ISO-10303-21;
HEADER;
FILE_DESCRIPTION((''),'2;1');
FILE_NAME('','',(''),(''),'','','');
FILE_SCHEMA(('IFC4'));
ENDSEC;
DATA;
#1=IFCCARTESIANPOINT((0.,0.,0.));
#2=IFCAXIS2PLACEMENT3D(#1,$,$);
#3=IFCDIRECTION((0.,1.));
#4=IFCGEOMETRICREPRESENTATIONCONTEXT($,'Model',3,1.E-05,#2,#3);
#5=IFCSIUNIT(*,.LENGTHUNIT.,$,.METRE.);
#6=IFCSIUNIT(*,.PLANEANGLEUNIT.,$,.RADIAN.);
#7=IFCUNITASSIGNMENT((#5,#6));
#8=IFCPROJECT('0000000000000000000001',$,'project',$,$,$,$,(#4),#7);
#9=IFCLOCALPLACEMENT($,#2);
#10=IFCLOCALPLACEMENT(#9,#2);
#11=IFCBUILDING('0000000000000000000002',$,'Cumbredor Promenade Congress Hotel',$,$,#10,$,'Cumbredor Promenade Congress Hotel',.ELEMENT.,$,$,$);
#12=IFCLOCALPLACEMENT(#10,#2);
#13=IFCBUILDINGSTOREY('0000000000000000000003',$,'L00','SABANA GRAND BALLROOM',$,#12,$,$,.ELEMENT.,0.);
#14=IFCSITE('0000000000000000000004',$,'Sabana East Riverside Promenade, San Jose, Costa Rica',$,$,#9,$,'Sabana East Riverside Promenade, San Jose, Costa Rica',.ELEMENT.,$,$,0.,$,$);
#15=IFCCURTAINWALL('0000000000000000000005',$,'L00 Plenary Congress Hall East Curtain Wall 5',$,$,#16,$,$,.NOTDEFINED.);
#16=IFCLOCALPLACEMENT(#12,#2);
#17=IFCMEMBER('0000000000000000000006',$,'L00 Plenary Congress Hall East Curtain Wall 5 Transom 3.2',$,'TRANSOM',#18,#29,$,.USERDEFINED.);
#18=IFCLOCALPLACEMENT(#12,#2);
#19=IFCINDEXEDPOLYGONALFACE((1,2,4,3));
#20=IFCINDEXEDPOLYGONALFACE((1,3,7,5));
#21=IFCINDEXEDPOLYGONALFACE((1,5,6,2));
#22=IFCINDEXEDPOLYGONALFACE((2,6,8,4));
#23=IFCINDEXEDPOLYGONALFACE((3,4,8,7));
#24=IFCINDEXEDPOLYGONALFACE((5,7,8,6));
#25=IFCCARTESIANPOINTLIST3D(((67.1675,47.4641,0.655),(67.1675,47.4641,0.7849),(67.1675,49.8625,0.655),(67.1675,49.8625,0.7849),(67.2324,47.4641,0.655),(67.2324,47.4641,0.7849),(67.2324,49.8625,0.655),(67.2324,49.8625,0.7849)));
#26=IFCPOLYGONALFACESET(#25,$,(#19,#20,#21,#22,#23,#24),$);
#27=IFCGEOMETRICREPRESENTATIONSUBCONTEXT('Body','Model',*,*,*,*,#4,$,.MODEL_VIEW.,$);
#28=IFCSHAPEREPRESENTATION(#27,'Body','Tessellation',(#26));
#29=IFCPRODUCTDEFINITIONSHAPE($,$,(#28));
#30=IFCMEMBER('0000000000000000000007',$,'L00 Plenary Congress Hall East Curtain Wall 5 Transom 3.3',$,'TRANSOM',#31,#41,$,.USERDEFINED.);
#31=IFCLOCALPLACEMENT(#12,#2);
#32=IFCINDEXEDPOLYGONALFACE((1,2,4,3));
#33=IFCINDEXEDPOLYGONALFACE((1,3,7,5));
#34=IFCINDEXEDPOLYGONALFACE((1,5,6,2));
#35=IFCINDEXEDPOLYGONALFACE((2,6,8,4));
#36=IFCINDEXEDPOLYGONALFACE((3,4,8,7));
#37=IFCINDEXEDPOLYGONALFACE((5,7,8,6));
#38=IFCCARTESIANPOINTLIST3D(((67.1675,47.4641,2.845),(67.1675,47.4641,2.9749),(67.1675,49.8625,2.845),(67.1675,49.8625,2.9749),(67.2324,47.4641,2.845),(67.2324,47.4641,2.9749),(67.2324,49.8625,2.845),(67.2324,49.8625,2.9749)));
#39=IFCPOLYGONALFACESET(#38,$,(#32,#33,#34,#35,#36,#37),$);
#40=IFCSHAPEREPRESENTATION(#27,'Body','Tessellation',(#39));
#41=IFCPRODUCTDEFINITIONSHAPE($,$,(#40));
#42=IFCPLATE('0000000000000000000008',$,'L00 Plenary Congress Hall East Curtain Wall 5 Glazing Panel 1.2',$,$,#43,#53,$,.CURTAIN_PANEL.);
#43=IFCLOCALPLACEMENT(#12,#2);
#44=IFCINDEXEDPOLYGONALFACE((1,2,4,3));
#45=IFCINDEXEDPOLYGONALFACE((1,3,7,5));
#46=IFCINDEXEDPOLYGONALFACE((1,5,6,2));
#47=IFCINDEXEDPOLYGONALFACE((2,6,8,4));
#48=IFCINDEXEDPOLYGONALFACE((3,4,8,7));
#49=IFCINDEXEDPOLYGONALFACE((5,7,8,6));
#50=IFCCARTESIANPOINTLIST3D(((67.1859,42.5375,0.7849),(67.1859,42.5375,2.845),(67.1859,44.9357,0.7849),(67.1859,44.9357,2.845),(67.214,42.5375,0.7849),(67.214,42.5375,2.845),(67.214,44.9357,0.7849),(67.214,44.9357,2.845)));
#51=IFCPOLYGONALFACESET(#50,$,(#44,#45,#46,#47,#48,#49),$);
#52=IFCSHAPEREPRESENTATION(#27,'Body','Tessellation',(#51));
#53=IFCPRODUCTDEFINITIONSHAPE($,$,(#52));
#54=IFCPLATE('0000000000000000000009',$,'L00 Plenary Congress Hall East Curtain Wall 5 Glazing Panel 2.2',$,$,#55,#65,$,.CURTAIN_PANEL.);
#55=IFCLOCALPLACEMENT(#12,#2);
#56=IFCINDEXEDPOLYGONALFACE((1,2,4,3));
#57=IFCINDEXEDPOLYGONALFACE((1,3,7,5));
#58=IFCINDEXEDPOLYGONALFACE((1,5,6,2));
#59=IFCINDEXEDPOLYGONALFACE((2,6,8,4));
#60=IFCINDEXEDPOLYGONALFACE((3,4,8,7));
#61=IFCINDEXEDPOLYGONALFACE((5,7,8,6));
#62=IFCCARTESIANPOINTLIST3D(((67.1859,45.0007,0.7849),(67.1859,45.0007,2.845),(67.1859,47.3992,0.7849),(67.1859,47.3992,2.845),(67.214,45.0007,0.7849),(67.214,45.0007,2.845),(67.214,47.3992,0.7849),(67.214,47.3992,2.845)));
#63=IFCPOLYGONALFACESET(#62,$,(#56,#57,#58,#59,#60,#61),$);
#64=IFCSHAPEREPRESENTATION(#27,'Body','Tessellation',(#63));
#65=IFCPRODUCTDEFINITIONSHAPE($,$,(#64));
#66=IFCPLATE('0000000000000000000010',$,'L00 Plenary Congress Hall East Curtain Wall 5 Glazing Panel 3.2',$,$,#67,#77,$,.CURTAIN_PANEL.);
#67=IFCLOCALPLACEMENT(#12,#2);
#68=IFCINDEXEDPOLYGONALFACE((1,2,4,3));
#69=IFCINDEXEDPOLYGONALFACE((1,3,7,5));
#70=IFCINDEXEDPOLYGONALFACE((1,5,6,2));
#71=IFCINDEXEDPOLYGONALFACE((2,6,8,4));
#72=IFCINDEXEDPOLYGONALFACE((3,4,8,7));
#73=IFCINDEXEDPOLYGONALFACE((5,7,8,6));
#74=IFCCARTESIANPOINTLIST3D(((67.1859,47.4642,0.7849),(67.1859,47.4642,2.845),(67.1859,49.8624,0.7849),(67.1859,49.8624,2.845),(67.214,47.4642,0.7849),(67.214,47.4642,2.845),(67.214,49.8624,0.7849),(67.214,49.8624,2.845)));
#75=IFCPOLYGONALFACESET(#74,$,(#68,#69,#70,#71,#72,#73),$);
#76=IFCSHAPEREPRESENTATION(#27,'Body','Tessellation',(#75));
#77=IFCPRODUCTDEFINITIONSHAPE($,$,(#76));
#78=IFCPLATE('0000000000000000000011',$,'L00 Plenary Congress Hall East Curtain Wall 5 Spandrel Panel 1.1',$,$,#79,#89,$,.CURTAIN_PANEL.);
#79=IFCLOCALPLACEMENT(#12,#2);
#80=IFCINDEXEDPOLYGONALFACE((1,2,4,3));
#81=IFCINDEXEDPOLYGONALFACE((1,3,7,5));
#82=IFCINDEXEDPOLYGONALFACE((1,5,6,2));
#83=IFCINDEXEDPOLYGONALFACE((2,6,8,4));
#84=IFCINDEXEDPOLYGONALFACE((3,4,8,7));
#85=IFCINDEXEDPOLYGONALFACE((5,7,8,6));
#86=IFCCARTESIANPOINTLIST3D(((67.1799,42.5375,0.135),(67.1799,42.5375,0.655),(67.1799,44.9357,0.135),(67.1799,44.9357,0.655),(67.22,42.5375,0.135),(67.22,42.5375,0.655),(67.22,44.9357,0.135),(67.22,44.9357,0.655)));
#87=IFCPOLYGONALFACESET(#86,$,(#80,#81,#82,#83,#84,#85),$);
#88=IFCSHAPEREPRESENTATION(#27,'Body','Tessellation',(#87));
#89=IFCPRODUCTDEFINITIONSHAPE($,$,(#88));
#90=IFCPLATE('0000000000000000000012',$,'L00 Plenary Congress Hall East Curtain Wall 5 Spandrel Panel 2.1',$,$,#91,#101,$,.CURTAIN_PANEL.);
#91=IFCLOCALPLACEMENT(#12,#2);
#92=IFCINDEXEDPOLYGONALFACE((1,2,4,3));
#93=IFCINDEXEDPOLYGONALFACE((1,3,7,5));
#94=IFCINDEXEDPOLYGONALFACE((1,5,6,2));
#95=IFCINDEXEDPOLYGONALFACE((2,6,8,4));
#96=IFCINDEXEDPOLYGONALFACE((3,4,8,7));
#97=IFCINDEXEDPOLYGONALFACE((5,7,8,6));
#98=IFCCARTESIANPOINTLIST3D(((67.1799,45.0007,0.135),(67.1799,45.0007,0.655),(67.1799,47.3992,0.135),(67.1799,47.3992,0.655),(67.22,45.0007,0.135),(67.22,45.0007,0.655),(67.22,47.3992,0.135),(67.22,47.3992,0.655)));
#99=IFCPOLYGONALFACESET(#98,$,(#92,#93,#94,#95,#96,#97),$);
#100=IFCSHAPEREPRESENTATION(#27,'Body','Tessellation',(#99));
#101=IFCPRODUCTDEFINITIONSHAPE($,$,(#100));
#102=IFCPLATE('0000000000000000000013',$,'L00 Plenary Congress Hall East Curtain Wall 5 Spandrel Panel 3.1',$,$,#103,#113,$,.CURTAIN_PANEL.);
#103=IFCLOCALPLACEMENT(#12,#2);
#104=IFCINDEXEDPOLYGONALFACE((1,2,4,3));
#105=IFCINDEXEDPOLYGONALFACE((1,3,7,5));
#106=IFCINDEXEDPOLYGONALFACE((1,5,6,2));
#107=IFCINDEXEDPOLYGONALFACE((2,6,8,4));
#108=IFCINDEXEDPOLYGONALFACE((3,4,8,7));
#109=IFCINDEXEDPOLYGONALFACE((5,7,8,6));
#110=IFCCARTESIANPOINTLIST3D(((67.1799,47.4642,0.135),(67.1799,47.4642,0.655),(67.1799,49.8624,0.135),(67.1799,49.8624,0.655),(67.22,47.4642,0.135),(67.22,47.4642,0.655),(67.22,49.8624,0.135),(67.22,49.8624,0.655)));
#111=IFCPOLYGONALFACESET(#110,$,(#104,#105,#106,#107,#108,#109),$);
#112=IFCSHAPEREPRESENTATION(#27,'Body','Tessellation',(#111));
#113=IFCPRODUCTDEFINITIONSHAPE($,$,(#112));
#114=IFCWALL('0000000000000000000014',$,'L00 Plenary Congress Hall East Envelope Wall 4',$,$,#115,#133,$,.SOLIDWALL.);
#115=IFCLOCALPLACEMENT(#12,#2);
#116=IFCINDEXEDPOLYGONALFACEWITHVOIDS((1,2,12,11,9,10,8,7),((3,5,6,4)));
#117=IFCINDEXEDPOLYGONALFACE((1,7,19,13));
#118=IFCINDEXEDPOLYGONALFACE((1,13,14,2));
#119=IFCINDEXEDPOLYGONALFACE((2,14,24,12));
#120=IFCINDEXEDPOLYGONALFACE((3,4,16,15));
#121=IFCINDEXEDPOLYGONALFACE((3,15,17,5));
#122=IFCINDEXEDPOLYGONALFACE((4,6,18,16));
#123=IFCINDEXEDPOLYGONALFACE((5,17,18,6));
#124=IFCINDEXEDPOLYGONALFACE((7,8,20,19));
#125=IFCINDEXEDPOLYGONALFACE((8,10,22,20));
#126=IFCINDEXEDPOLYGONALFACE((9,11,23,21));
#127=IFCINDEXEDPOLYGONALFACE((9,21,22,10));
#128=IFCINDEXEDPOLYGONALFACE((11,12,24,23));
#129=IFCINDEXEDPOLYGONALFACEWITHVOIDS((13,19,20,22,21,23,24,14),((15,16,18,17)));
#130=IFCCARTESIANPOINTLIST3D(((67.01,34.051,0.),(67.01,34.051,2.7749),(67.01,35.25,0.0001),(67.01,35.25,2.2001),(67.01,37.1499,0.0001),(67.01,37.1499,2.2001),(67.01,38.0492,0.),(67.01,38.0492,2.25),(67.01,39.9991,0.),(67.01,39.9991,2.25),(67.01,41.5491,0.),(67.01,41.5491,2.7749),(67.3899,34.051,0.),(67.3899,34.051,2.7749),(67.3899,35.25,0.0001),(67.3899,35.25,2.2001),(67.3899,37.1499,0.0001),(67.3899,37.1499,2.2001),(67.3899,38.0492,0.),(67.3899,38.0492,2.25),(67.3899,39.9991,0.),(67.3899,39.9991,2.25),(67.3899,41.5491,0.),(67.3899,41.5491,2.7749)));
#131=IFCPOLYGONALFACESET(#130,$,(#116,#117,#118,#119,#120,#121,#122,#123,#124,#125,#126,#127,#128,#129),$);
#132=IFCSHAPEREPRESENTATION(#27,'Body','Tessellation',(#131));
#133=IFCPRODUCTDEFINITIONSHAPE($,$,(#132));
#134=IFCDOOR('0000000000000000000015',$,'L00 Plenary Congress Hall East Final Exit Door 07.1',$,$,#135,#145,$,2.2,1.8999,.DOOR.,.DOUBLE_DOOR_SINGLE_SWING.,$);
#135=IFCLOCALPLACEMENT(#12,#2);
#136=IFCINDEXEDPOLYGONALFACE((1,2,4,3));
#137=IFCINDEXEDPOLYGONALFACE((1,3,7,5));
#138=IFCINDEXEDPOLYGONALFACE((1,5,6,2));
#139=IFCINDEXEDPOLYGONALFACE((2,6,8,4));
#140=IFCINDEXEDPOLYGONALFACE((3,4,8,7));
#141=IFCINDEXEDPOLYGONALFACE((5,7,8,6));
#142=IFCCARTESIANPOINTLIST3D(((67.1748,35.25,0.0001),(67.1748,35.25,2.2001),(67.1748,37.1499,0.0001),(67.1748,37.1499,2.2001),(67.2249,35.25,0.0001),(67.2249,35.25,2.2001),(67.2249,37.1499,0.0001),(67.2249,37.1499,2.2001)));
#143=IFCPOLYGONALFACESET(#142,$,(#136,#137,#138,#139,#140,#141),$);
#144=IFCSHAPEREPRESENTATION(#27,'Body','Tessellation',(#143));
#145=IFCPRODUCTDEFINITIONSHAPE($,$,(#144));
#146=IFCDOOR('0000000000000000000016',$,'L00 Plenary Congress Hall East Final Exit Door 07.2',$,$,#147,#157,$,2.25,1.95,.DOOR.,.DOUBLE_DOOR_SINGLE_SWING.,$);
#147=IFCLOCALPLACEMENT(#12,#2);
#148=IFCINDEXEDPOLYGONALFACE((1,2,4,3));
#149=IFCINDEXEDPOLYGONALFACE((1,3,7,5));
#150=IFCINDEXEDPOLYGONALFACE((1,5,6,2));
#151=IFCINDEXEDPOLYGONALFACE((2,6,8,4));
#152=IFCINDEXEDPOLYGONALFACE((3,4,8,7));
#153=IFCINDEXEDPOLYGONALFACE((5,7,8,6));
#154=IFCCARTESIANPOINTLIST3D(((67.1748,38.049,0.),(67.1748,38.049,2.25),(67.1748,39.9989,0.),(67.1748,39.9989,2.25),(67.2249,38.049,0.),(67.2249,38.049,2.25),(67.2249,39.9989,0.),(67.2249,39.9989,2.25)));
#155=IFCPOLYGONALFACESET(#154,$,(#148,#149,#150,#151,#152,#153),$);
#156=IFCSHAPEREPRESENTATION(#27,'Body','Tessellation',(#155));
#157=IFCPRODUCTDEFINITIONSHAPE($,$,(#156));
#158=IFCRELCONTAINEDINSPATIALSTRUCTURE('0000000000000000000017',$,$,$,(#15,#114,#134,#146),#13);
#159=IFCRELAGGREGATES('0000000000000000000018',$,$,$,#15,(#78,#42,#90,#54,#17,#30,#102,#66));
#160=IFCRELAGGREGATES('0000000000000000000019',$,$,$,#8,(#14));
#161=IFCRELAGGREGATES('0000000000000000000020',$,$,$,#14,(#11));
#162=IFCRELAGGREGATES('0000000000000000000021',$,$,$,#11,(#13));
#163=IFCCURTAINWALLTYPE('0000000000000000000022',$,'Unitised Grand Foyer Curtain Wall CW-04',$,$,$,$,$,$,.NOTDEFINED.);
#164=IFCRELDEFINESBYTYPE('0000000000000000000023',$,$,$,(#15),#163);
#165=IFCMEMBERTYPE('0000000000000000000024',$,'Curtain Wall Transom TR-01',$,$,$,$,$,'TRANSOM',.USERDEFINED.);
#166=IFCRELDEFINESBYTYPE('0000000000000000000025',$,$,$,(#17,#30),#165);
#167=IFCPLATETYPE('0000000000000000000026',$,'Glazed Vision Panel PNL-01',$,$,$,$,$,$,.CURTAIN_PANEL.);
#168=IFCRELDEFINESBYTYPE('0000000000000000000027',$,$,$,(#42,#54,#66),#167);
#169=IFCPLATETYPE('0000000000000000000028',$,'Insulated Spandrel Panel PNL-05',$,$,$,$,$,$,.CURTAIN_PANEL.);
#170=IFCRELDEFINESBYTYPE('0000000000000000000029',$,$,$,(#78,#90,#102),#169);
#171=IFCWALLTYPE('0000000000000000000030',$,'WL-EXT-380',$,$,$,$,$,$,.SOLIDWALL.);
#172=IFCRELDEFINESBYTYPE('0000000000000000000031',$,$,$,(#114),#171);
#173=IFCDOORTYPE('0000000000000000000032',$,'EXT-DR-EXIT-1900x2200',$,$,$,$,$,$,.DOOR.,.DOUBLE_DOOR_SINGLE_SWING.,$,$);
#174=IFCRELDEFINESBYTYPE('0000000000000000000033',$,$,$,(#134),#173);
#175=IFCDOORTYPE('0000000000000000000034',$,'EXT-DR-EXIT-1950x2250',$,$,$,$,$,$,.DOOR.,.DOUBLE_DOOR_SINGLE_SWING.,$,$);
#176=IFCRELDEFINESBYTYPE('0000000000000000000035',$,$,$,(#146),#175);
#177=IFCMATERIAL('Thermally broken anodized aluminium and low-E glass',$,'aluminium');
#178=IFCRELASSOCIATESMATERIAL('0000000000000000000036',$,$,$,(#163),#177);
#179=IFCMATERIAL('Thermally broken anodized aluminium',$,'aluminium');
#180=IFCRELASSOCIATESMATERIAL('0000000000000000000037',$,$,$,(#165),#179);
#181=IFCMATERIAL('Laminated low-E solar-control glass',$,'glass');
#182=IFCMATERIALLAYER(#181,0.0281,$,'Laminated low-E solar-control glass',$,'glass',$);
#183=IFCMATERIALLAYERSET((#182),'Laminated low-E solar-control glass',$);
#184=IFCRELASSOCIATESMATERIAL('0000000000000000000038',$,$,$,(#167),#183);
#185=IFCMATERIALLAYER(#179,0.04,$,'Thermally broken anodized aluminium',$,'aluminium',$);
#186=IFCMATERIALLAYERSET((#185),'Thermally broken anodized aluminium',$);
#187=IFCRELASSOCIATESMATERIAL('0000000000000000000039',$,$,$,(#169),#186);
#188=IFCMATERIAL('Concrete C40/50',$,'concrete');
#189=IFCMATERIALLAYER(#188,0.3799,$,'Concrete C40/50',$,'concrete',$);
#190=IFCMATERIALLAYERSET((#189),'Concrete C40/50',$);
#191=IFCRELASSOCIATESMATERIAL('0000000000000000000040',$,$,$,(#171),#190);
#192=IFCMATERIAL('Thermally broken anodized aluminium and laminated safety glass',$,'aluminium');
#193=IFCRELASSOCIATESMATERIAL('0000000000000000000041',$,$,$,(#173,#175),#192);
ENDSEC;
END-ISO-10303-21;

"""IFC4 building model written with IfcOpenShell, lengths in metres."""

from ifc_helpers import new_model, si_unit, direction, frame, frame_2d, origin, origin_2d, place, context, subcontext, project, spatial, rectangle, extrude, material, layer, layer_set, material_profile, profile_set, type_object, element, fill, aggregate, save


model = new_model("IFC4")

# Units and contexts
model_context = context("Model", 3, precision=1e-05, world=origin(), true_north=direction((0.0, 1.0)))
body_context = subcontext(model_context, "Body", "Model", "MODEL_VIEW")
ifc_project = project(units=[si_unit("LENGTHUNIT", "METRE"), si_unit("PLANEANGLEUNIT", "RADIAN")], contexts=[model_context])

# Site, building, storey
site_placement = place(None, origin())
site = spatial("IfcSite", under=ifc_project, at=site_placement, Name="Sabana East Riverside Promenade, San Jose, Costa Rica", LongName="Sabana East Riverside Promenade, San Jose, Costa Rica", CompositionType="ELEMENT", RefElevation=0.0)
building_placement = place(site_placement, origin())
building = spatial("IfcBuilding", under=site, at=building_placement, Name="Cumbredor Promenade Congress Hotel", LongName="Cumbredor Promenade Congress Hotel", CompositionType="ELEMENT")
storey_placement = place(building_placement, origin())
storey = spatial("IfcBuildingStorey", under=building, at=storey_placement, Name="L00", Description="SABANA GRAND BALLROOM", CompositionType="ELEMENT", Elevation=0.0)

# Shared definitions
ifc_material_1 = material(Name="Concrete C40/50", Category="concrete")

# Curtain wall, members, plates
ifc_material_2 = material(Name="Thermally broken anodized aluminium and low-E glass", Category="aluminium")
curtain_wall_type = type_object("IfcCurtainWallType", Name="Unitised Grand Foyer Curtain Wall CW-04", PredefinedType="NOTDEFINED", material=ifc_material_2)
curtain_wall_placement = place(storey_placement, origin())
curtain_wall = element("IfcCurtainWall", 1, at=curtain_wall_placement, inside=storey, type_object=curtain_wall_type, Name="L00 Plenary Congress Hall East Curtain Wall 5", PredefinedType="NOTDEFINED")
ifc_material_3 = material(Name="Thermally broken anodized aluminium", Category="aluminium")
ifc_material_profile_1 = material_profile(ifc_material_3, rectangle(XDim=0.0649, YDim=0.1299, at=origin_2d()), Name="ALU TRANSOM 65x130")
ifc_profile_set_1 = profile_set([ifc_material_profile_1], Name="Thermally broken anodized aluminium")
member_type_1 = type_object("IfcMemberType", Name="Curtain Wall Transom TR-01", ElementType="TRANSOM", PredefinedType="USERDEFINED", material=ifc_profile_set_1)
member_1_placement = place(storey_placement, frame((67.2, 47.4641, 0.72), z_axis=(0.0, 1.0, 0.0), x_axis=(-1.0, 0.0, 0.0)))
member_1 = element("IfcMember", 2, at=member_1_placement, type_object=member_type_1, Name="L00 Plenary Congress Hall East Curtain Wall 5 Transom 3.2", ObjectType="TRANSOM", PredefinedType="USERDEFINED", context=body_context, shape_type="SweptSolid", body=[
    extrude(rectangle(XDim=0.0649, YDim=0.1299, at=origin_2d()), origin(), (0.0, 0.0, 1.0), 2.3984),
])
member_2_placement = place(storey_placement, frame((67.2, 47.4641, 2.9099), z_axis=(0.0, 1.0, 0.0), x_axis=(-1.0, 0.0, 0.0)))
member_2 = element("IfcMember", 3, at=member_2_placement, type_object=member_type_1, Name="L00 Plenary Congress Hall East Curtain Wall 5 Transom 3.3", ObjectType="TRANSOM", PredefinedType="USERDEFINED", context=body_context, shape_type="SweptSolid", body=[
    extrude(rectangle(XDim=0.0649, YDim=0.1299, at=origin_2d()), origin(), (0.0, 0.0, 1.0), 2.3984),
])
ifc_material_4 = material(Name="Laminated low-E solar-control glass", Category="glass")
ifc_layer_1 = layer(ifc_material_4, 0.0281, Name="Laminated low-E solar-control glass", Category="glass")
ifc_layer_set_1 = layer_set([ifc_layer_1], Name="Laminated low-E solar-control glass")
plate_type_1 = type_object("IfcPlateType", Name="Glazed Vision Panel PNL-01", PredefinedType="CURTAIN_PANEL", material=ifc_layer_set_1)
plate_1_placement = place(storey_placement, frame((67.2, 43.7366, 0.7849), z_axis=(0.0, 0.0, 1.0), x_axis=(0.0, 1.0, 0.0)))
plate_1 = element("IfcPlate", 4, at=plate_1_placement, type_object=plate_type_1, Name="L00 Plenary Congress Hall East Curtain Wall 5 Glazing Panel 1.2", PredefinedType="CURTAIN_PANEL", context=body_context, shape_type="SweptSolid", body=[
    extrude(rectangle(XDim=2.3982, YDim=0.0281, at=origin_2d()), origin(), (0.0, 0.0, 1.0), 2.0601),
])
plate_2_placement = place(storey_placement, frame((67.2, 46.2, 0.7849), z_axis=(0.0, 0.0, 1.0), x_axis=(0.0, 1.0, 0.0)))
plate_2 = element("IfcPlate", 5, at=plate_2_placement, type_object=plate_type_1, Name="L00 Plenary Congress Hall East Curtain Wall 5 Glazing Panel 2.2", PredefinedType="CURTAIN_PANEL", context=body_context, shape_type="SweptSolid", body=[
    extrude(rectangle(XDim=2.3984, YDim=0.0281, at=origin_2d()), origin(), (0.0, 0.0, 1.0), 2.0601),
])
plate_3_placement = place(storey_placement, frame((67.2, 48.6633, 0.7849), z_axis=(0.0, 0.0, 1.0), x_axis=(0.0, 1.0, 0.0)))
plate_3 = element("IfcPlate", 6, at=plate_3_placement, type_object=plate_type_1, Name="L00 Plenary Congress Hall East Curtain Wall 5 Glazing Panel 3.2", PredefinedType="CURTAIN_PANEL", context=body_context, shape_type="SweptSolid", body=[
    extrude(rectangle(XDim=2.3982, YDim=0.0281, at=origin_2d()), origin(), (0.0, 0.0, 1.0), 2.0601),
])
ifc_layer_2 = layer(ifc_material_3, 0.04, Name="Thermally broken anodized aluminium", Category="aluminium")
ifc_layer_set_2 = layer_set([ifc_layer_2], Name="Thermally broken anodized aluminium")
plate_type_2 = type_object("IfcPlateType", Name="Insulated Spandrel Panel PNL-05", PredefinedType="CURTAIN_PANEL", material=ifc_layer_set_2)
plate_4_placement = place(storey_placement, frame((67.2, 43.7366, 0.135), z_axis=(0.0, 0.0, 1.0), x_axis=(0.0, 1.0, 0.0)))
plate_4 = element("IfcPlate", 7, at=plate_4_placement, type_object=plate_type_2, Name="L00 Plenary Congress Hall East Curtain Wall 5 Spandrel Panel 1.1", PredefinedType="CURTAIN_PANEL", context=body_context, shape_type="SweptSolid", body=[
    extrude(rectangle(XDim=2.3982, YDim=0.04, at=origin_2d()), origin(), (0.0, 0.0, 1.0), 0.52),
])
plate_5_placement = place(storey_placement, frame((67.2, 46.2, 0.135), z_axis=(0.0, 0.0, 1.0), x_axis=(0.0, 1.0, 0.0)))
plate_5 = element("IfcPlate", 8, at=plate_5_placement, type_object=plate_type_2, Name="L00 Plenary Congress Hall East Curtain Wall 5 Spandrel Panel 2.1", PredefinedType="CURTAIN_PANEL", context=body_context, shape_type="SweptSolid", body=[
    extrude(rectangle(XDim=2.3984, YDim=0.04, at=origin_2d()), origin(), (0.0, 0.0, 1.0), 0.52),
])
plate_6_placement = place(storey_placement, frame((67.2, 48.6633, 0.135), z_axis=(0.0, 0.0, 1.0), x_axis=(0.0, 1.0, 0.0)))
plate_6 = element("IfcPlate", 9, at=plate_6_placement, type_object=plate_type_2, Name="L00 Plenary Congress Hall East Curtain Wall 5 Spandrel Panel 3.1", PredefinedType="CURTAIN_PANEL", context=body_context, shape_type="SweptSolid", body=[
    extrude(rectangle(XDim=2.3982, YDim=0.04, at=origin_2d()), origin(), (0.0, 0.0, 1.0), 0.52),
])
aggregate(curtain_wall, [plate_4, plate_1, plate_5, plate_2, member_1, member_2, plate_6, plate_3])

# Wall, openings, doors
ifc_layer_3 = layer(ifc_material_1, 0.3799, Name="Concrete C40/50", Category="concrete")
ifc_layer_set_3 = layer_set([ifc_layer_3], Name="Concrete C40/50")
wall_type = type_object("IfcWallType", Name="WL-EXT-380", PredefinedType="SOLIDWALL", material=ifc_layer_set_3)
wall_placement = place(storey_placement, frame((67.2, 34.051, 0.0), z_axis=(0.0, 0.0, 1.0), x_axis=(0.0, 1.0, 0.0)))
wall = element("IfcWall", 10, at=wall_placement, inside=storey, type_object=wall_type, Name="L00 Plenary Congress Hall East Envelope Wall 4", PredefinedType="SOLIDWALL", context=body_context, shape_type="SweptSolid", body=[
    extrude(rectangle(XDim=7.498, YDim=0.3799, at=frame_2d((3.749, 0.0))), origin(), (0.0, 0.0, 1.0), 2.7749),
])
opening_1_placement = place(wall_placement, frame((1.199, 0.0, 0.0)))
opening_1 = element("IfcOpeningElement", 11, at=opening_1_placement, cuts=wall, PredefinedType="OPENING", context=body_context, shape_type="SweptSolid", body=[
    extrude(rectangle(XDim=1.8999, YDim=2.2, at=frame_2d((0.95, 1.1001))), frame((0.0, 0.2, 0.0), z_axis=(0.0, -1.0, 0.0), x_axis=(1.0, 0.0, 0.0)), (0.0, 0.0, 1.0), 0.3999),
])
opening_2_placement = place(wall_placement, frame((3.998, 0.0, 0.0)))
opening_2 = element("IfcOpeningElement", 12, at=opening_2_placement, cuts=wall, PredefinedType="OPENING", context=body_context, shape_type="SweptSolid", body=[
    extrude(rectangle(XDim=1.95, YDim=2.25, at=frame_2d((0.9751, 1.125))), frame((0.0, 0.2, 0.0), z_axis=(0.0, -1.0, 0.0), x_axis=(1.0, 0.0, 0.0)), (0.0, 0.0, 1.0), 0.3999),
])
ifc_material_5 = material(Name="Thermally broken anodized aluminium and laminated safety glass", Category="aluminium")
door_type_1 = type_object("IfcDoorType", Name="EXT-DR-EXIT-1900x2200", OperationType="DOUBLE_DOOR_SINGLE_SWING", PredefinedType="DOOR", material=ifc_material_5)
door_1_placement = place(opening_1_placement, frame((1.8999, 0.0, 0.0), z_axis=(0.0, 0.0, 1.0), x_axis=(-1.0, 0.0, 0.0)))
door_1 = element("IfcDoor", 13, at=door_1_placement, inside=storey, type_object=door_type_1, Name="L00 Plenary Congress Hall East Final Exit Door 07.1", OperationType="DOUBLE_DOOR_SINGLE_SWING", OverallHeight=2.2, OverallWidth=1.8999, PredefinedType="DOOR", context=body_context, shape_type="SweptSolid", body=[
    extrude(rectangle(XDim=1.8999, YDim=2.2, at=frame_2d((0.95, 1.1001))), frame((0.0, 0.0249, 0.0), z_axis=(0.0, -1.0, 0.0), x_axis=(1.0, 0.0, 0.0)), (0.0, 0.0, 1.0), 0.05),
])
fill(opening_1, door_1)
door_type_2 = type_object("IfcDoorType", Name="EXT-DR-EXIT-1950x2250", OperationType="DOUBLE_DOOR_SINGLE_SWING", PredefinedType="DOOR", material=ifc_material_5)
door_2_placement = place(opening_2_placement, frame((1.95, 0.0, 0.0), z_axis=(0.0, 0.0, 1.0), x_axis=(-1.0, 0.0, 0.0)))
door_2 = element("IfcDoor", 14, at=door_2_placement, inside=storey, type_object=door_type_2, Name="L00 Plenary Congress Hall East Final Exit Door 07.2", OperationType="DOUBLE_DOOR_SINGLE_SWING", OverallHeight=2.25, OverallWidth=1.95, PredefinedType="DOOR", context=body_context, shape_type="SweptSolid", body=[
    extrude(rectangle(XDim=1.95, YDim=2.25, at=frame_2d((0.9751, 1.125))), frame((0.0, 0.0249, 0.0), z_axis=(0.0, -1.0, 0.0), x_axis=(1.0, 0.0, 0.0)), (0.0, 0.0, 1.0), 0.05),
])
fill(opening_2, door_2)

save(model, "model.ifc")
